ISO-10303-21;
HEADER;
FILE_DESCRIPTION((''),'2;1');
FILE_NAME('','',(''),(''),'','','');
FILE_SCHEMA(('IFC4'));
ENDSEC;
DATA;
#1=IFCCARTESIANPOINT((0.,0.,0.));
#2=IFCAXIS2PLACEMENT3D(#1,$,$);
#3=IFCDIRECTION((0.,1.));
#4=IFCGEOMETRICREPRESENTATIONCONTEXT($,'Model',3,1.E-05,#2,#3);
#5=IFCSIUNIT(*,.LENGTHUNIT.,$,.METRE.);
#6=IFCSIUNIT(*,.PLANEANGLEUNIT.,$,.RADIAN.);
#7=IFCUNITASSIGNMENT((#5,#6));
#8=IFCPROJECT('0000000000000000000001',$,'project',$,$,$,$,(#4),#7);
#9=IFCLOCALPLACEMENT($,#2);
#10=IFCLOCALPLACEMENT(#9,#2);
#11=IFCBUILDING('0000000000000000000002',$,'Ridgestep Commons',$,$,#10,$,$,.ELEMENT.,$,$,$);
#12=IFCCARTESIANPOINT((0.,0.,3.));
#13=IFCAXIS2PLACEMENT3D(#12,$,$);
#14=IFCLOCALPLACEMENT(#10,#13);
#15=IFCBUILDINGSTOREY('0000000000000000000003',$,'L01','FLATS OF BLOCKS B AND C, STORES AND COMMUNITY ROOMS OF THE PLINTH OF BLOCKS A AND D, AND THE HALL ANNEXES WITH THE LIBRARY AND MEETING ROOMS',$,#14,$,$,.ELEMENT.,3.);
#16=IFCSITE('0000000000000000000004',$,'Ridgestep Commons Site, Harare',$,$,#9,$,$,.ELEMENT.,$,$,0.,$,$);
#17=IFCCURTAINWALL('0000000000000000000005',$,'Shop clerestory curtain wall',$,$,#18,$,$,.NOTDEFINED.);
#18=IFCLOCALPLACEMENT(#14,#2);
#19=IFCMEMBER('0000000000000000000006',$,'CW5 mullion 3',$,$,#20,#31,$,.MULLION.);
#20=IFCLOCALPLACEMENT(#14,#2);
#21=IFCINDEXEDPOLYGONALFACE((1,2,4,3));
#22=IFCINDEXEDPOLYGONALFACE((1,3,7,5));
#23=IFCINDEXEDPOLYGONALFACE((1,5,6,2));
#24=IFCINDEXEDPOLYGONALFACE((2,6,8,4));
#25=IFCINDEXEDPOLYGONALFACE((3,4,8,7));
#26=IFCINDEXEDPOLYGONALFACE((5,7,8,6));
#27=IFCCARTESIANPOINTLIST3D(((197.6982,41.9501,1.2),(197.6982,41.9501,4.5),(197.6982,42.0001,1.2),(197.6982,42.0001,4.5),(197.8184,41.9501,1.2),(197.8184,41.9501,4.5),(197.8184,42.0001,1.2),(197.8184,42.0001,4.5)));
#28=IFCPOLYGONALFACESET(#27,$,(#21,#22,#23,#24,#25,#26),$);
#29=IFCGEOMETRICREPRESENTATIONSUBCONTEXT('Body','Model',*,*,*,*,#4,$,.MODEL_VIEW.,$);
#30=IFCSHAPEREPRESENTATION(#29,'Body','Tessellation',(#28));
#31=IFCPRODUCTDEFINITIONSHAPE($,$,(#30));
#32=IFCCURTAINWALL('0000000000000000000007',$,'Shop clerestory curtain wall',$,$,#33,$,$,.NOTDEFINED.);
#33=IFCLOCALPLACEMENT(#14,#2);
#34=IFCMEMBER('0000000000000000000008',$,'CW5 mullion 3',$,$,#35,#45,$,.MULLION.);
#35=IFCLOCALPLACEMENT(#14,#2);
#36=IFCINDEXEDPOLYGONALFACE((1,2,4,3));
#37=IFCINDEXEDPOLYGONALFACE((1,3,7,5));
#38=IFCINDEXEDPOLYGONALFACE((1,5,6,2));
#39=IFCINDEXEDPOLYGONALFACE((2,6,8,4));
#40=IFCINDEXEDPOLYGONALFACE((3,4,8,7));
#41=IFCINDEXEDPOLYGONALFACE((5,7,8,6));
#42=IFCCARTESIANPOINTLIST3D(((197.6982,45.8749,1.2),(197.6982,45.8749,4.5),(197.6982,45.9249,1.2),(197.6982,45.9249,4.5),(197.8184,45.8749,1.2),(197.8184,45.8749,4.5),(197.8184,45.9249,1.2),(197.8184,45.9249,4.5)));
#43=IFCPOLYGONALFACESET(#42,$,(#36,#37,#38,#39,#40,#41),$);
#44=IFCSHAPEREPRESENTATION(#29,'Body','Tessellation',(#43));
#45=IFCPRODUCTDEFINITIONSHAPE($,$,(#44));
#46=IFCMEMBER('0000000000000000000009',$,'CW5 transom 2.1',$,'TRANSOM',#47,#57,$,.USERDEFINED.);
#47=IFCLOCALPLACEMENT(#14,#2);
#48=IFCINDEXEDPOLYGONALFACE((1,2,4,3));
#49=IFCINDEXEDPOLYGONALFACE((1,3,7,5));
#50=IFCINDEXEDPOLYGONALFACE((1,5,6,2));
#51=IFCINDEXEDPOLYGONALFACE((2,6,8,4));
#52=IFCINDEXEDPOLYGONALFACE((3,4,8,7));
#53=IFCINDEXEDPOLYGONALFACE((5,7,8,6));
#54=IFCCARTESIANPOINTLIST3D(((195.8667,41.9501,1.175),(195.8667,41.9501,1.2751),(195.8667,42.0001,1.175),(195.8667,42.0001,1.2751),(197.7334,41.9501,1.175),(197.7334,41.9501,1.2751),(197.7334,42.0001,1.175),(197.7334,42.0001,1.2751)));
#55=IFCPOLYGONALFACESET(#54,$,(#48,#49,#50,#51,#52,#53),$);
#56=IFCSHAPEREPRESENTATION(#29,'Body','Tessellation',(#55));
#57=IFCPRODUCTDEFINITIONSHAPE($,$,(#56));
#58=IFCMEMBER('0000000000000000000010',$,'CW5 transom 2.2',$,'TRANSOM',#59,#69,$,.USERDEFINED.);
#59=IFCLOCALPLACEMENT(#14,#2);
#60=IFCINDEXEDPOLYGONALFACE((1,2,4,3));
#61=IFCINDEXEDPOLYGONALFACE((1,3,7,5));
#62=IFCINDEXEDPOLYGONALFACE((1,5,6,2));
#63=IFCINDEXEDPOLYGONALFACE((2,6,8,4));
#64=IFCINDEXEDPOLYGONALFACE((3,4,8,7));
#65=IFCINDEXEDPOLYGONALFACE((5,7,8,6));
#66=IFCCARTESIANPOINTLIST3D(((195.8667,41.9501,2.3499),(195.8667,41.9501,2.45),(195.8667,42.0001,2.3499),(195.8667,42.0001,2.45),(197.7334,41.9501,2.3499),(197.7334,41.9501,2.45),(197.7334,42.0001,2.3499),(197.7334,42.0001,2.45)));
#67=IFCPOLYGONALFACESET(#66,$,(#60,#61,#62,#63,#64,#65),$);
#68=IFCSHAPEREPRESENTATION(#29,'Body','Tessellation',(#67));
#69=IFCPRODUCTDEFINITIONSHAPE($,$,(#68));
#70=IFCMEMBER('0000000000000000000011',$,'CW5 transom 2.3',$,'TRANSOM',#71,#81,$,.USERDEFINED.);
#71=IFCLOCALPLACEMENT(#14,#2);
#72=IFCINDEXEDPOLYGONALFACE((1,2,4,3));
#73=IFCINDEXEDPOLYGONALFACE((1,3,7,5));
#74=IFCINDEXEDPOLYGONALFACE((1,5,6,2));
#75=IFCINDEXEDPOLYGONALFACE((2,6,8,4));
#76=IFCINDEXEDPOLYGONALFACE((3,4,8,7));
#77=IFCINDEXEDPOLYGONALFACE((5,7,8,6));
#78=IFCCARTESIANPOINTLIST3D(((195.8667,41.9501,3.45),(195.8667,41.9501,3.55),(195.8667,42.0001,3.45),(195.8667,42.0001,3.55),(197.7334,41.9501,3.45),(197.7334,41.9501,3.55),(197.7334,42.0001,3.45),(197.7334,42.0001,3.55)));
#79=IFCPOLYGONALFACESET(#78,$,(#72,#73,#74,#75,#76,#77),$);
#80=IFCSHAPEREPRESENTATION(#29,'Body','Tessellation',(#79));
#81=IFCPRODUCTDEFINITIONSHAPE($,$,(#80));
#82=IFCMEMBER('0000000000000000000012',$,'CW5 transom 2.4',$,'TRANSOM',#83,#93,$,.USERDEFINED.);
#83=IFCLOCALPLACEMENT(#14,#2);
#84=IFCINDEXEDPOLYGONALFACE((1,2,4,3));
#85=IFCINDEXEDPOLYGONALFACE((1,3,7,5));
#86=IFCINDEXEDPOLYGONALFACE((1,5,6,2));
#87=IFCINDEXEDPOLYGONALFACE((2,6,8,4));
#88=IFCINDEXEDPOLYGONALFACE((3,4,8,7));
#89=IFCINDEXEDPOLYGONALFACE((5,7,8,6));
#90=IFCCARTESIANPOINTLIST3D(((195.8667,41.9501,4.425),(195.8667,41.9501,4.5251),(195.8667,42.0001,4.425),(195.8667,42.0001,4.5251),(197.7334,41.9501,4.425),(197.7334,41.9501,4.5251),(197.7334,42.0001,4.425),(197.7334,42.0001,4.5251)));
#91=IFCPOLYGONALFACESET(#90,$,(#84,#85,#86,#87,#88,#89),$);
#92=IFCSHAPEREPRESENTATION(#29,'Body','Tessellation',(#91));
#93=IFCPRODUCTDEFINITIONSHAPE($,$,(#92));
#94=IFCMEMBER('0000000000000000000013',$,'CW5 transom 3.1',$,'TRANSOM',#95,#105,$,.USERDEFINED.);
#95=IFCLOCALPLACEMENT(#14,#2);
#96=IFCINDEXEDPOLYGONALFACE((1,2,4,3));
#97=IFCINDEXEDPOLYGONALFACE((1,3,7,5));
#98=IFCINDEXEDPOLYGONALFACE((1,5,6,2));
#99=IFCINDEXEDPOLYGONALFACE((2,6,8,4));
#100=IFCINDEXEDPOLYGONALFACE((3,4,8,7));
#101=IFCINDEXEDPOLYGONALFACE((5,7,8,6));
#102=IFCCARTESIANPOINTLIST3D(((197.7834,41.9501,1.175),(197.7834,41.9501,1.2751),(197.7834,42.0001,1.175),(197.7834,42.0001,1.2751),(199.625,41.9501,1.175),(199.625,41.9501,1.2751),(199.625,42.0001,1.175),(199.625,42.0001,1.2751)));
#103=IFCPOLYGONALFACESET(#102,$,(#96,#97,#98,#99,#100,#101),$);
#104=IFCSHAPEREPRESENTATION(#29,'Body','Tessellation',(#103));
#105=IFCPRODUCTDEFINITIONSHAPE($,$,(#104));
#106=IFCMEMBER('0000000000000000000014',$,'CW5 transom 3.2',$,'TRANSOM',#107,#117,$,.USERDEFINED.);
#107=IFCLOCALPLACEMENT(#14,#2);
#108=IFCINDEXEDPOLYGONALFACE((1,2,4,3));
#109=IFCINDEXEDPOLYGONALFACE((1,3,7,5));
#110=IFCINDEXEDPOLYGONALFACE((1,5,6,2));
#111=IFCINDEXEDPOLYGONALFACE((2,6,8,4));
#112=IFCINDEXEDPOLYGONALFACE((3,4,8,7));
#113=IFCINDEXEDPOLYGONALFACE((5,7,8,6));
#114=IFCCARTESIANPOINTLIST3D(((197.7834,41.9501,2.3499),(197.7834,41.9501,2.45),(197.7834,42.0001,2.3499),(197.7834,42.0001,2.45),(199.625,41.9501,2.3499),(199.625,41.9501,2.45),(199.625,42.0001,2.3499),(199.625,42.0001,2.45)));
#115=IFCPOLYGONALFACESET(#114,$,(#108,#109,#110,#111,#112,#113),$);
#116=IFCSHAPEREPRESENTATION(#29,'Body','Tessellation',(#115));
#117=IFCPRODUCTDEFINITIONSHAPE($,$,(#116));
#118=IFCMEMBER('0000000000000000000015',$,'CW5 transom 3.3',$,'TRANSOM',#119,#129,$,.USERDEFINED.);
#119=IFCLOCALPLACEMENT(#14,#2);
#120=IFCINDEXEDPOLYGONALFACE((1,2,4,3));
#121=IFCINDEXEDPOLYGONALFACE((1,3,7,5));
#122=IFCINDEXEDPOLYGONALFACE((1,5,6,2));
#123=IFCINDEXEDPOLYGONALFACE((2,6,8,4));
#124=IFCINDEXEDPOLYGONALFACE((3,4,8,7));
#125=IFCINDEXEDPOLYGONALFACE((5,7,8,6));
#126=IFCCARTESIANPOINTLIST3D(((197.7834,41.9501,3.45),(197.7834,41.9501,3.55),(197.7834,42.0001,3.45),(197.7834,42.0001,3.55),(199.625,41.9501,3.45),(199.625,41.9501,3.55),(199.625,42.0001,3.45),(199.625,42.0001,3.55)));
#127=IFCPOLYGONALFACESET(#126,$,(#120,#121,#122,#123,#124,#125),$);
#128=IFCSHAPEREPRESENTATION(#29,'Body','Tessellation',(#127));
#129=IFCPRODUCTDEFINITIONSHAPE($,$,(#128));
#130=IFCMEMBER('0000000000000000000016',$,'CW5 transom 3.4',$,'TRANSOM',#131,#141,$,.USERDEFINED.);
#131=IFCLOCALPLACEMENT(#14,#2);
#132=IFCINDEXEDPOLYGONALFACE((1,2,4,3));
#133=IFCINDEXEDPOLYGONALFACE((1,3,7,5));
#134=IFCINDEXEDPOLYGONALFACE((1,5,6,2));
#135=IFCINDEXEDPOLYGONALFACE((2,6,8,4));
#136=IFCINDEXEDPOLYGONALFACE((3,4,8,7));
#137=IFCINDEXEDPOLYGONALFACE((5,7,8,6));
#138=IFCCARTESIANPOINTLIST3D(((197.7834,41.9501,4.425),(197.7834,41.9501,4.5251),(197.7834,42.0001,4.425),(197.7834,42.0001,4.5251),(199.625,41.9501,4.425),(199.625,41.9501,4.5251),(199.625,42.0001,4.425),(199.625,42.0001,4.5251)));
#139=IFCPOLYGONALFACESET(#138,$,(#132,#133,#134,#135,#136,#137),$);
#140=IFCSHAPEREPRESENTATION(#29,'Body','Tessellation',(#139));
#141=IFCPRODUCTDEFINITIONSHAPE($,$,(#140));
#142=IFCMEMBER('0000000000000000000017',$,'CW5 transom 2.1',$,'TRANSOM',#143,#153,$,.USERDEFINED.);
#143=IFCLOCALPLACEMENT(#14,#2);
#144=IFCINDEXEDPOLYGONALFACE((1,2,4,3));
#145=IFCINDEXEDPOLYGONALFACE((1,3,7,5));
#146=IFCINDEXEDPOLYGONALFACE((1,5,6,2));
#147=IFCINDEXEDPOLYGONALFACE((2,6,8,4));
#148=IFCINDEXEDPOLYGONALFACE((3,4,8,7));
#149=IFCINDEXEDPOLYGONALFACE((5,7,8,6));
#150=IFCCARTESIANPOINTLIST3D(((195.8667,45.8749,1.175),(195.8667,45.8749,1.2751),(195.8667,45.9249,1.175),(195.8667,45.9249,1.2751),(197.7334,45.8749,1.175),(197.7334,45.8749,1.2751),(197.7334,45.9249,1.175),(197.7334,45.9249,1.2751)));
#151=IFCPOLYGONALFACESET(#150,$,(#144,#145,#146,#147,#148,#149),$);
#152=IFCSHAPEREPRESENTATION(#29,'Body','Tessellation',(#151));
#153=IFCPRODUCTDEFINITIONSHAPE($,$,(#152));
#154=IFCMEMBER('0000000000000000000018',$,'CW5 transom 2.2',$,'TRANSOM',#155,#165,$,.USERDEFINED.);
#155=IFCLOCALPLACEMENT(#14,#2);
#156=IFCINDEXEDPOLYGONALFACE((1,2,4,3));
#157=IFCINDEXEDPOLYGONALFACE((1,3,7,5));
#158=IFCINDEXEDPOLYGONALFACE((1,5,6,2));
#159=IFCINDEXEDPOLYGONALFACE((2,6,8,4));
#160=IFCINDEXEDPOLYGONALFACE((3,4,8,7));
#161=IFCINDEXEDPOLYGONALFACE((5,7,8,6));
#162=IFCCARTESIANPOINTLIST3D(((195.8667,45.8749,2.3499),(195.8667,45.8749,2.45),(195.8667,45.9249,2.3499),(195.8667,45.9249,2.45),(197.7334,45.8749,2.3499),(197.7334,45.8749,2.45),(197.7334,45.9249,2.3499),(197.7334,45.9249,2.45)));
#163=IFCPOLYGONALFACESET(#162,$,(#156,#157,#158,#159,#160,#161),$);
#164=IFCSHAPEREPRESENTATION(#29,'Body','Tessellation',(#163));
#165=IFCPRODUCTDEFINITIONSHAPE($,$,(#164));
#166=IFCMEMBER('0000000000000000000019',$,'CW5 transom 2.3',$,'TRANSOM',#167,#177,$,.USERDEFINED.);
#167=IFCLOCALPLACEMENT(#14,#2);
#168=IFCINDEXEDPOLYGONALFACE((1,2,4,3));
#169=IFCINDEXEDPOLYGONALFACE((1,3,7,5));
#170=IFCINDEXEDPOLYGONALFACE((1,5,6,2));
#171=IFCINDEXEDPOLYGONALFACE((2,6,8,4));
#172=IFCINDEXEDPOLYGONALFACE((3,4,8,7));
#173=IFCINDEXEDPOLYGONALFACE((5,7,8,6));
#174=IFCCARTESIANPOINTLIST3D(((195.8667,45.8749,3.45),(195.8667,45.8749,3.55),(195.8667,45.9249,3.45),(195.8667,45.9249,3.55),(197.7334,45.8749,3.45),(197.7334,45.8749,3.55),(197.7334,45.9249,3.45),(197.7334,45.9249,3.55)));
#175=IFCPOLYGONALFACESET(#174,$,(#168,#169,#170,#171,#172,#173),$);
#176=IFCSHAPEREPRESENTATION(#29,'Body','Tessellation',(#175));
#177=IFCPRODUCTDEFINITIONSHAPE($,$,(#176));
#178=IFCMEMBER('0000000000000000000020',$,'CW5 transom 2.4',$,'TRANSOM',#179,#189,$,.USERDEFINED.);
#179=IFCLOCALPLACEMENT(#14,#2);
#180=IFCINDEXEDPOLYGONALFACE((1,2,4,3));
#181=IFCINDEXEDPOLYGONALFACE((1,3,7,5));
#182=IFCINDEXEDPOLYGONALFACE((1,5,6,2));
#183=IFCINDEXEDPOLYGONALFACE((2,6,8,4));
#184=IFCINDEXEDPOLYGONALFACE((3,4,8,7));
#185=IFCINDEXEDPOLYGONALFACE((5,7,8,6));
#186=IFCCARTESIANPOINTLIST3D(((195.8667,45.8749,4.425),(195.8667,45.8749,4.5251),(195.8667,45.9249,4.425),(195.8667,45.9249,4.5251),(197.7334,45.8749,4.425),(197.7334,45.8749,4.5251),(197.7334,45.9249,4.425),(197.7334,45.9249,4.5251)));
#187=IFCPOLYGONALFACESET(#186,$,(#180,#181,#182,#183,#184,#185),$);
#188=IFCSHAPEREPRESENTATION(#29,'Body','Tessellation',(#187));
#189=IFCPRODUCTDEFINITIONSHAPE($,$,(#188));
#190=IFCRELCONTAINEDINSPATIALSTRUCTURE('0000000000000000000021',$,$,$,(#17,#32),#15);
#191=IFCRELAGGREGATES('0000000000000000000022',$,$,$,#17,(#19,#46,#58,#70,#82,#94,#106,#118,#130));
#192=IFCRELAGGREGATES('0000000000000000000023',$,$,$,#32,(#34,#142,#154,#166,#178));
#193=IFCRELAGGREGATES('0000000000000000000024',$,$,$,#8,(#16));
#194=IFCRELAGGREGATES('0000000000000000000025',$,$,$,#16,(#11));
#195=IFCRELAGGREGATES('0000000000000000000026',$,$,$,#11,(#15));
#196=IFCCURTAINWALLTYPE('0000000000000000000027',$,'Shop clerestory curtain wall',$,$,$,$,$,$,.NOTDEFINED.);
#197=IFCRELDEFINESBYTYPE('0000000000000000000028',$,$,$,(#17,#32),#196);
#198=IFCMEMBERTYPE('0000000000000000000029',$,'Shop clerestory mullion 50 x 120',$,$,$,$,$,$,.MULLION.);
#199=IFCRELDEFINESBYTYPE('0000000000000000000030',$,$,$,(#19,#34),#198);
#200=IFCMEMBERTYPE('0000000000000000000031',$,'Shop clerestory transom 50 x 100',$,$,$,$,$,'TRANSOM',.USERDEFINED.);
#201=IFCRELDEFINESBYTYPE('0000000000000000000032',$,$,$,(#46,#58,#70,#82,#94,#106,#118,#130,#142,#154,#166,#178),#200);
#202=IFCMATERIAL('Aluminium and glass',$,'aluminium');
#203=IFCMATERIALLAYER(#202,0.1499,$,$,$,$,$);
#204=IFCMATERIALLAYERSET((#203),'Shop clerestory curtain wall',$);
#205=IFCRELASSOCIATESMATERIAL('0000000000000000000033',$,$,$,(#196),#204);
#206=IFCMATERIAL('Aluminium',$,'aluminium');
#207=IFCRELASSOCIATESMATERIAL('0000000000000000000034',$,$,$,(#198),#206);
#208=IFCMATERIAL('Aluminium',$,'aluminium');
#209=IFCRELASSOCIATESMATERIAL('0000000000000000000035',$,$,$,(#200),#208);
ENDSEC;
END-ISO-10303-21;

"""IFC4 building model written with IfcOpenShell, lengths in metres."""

from ifc_helpers import new_model, si_unit, direction, frame, origin, origin_2d, place, context, subcontext, project, spatial, rectangle, extrude, material, layer, layer_set, material_profile, profile_set, type_object, element, aggregate, save


model = new_model("IFC4")

# Units and contexts
model_context = context("Model", 3, precision=1e-05, world=origin(), true_north=direction((0.0, 1.0)))
body_context = subcontext(model_context, "Body", "Model", "MODEL_VIEW")
ifc_project = project(units=[si_unit("LENGTHUNIT", "METRE"), si_unit("PLANEANGLEUNIT", "RADIAN")], contexts=[model_context])

# Site, building, storey
site_placement = place(None, origin())
site = spatial("IfcSite", under=ifc_project, at=site_placement, Name="Ridgestep Commons Site, Harare", CompositionType="ELEMENT", RefElevation=0.0)
building_placement = place(site_placement, origin())
building = spatial("IfcBuilding", under=site, at=building_placement, Name="Ridgestep Commons", CompositionType="ELEMENT")
storey_placement = place(building_placement, frame((0.0, 0.0, 3.0)))
storey = spatial("IfcBuildingStorey", under=building, at=storey_placement, Name="L01", Description="FLATS OF BLOCKS B AND C, STORES AND COMMUNITY ROOMS OF THE PLINTH OF BLOCKS A AND D, AND THE HALL ANNEXES WITH THE LIBRARY AND MEETING ROOMS", CompositionType="ELEMENT", Elevation=3.0)

# Curtain walls, members
ifc_material_1 = material(Name="Aluminium and glass", Category="aluminium")
ifc_layer_1 = layer(ifc_material_1, 0.1499)
ifc_layer_set_1 = layer_set([ifc_layer_1], Name="Shop clerestory curtain wall")
curtain_wall_type = type_object("IfcCurtainWallType", Name="Shop clerestory curtain wall", PredefinedType="NOTDEFINED", material=ifc_layer_set_1)
curtain_wall_1_placement = place(storey_placement, origin())
curtain_wall_1 = element("IfcCurtainWall", 1, at=curtain_wall_1_placement, inside=storey, type_object=curtain_wall_type, Name="Shop clerestory curtain wall", PredefinedType="NOTDEFINED")
ifc_material_2 = material(Name="Aluminium", Category="aluminium")
ifc_material_profile_1 = material_profile(ifc_material_2, rectangle(XDim=0.05, YDim=0.1201, at=origin_2d()), Name="Shop clerestory mullion 50 x 120")
ifc_profile_set_1 = profile_set([ifc_material_profile_1], Name="Aluminium")
member_type_1 = type_object("IfcMemberType", Name="Shop clerestory mullion 50 x 120", PredefinedType="MULLION", material=ifc_profile_set_1)
member_1_placement = place(storey_placement, frame((197.7583, 41.9751, 1.2), z_axis=(0.0, 0.0, 1.0), x_axis=(0.0, 1.0, 0.0)))
member_1 = element("IfcMember", 2, at=member_1_placement, type_object=member_type_1, Name="CW5 mullion 3", PredefinedType="MULLION", context=body_context, shape_type="SweptSolid", body=[
    extrude(rectangle(XDim=0.05, YDim=0.1201, at=origin_2d()), origin(), (0.0, 0.0, 1.0), 3.3),
])
curtain_wall_2_placement = place(storey_placement, origin())
curtain_wall_2 = element("IfcCurtainWall", 3, at=curtain_wall_2_placement, inside=storey, type_object=curtain_wall_type, Name="Shop clerestory curtain wall", PredefinedType="NOTDEFINED")
member_2_placement = place(storey_placement, frame((197.7583, 45.8999, 1.2), z_axis=(0.0, 0.0, 1.0), x_axis=(0.0, 1.0, 0.0)))
member_2 = element("IfcMember", 4, at=member_2_placement, type_object=member_type_1, Name="CW5 mullion 3", PredefinedType="MULLION", context=body_context, shape_type="SweptSolid", body=[
    extrude(rectangle(XDim=0.05, YDim=0.1201, at=origin_2d()), origin(), (0.0, 0.0, 1.0), 3.3),
])

# Members
ifc_material_3 = material(Name="Aluminium", Category="aluminium")
ifc_material_profile_2 = material_profile(ifc_material_3, rectangle(XDim=0.05, YDim=0.1001, at=origin_2d()), Name="Shop clerestory transom 50 x 100")
ifc_profile_set_2 = profile_set([ifc_material_profile_2], Name="Aluminium")
member_type_2 = type_object("IfcMemberType", Name="Shop clerestory transom 50 x 100", ElementType="TRANSOM", PredefinedType="USERDEFINED", material=ifc_profile_set_2)
member_3_placement = place(storey_placement, frame((195.8667, 41.9751, 1.2251), z_axis=(1.0, 0.0, 0.0), x_axis=(0.0, 1.0, 0.0)))
member_3 = element("IfcMember", 5, at=member_3_placement, type_object=member_type_2, Name="CW5 transom 2.1", ObjectType="TRANSOM", PredefinedType="USERDEFINED", context=body_context, shape_type="SweptSolid", body=[
    extrude(rectangle(XDim=0.05, YDim=0.1001, at=origin_2d()), origin(), (0.0, 0.0, 1.0), 1.8667),
])
member_4_placement = place(storey_placement, frame((195.8667, 41.9751, 2.3999), z_axis=(1.0, 0.0, 0.0), x_axis=(0.0, 1.0, 0.0)))
member_4 = element("IfcMember", 6, at=member_4_placement, type_object=member_type_2, Name="CW5 transom 2.2", ObjectType="TRANSOM", PredefinedType="USERDEFINED", context=body_context, shape_type="SweptSolid", body=[
    extrude(rectangle(XDim=0.05, YDim=0.1001, at=origin_2d()), origin(), (0.0, 0.0, 1.0), 1.8667),
])
member_5_placement = place(storey_placement, frame((195.8667, 41.9751, 3.5), z_axis=(1.0, 0.0, 0.0), x_axis=(0.0, 1.0, 0.0)))
member_5 = element("IfcMember", 7, at=member_5_placement, type_object=member_type_2, Name="CW5 transom 2.3", ObjectType="TRANSOM", PredefinedType="USERDEFINED", context=body_context, shape_type="SweptSolid", body=[
    extrude(rectangle(XDim=0.05, YDim=0.1001, at=origin_2d()), origin(), (0.0, 0.0, 1.0), 1.8667),
])
member_6_placement = place(storey_placement, frame((195.8667, 41.9751, 4.4751), z_axis=(1.0, 0.0, 0.0), x_axis=(0.0, 1.0, 0.0)))
member_6 = element("IfcMember", 8, at=member_6_placement, type_object=member_type_2, Name="CW5 transom 2.4", ObjectType="TRANSOM", PredefinedType="USERDEFINED", context=body_context, shape_type="SweptSolid", body=[
    extrude(rectangle(XDim=0.05, YDim=0.1001, at=origin_2d()), origin(), (0.0, 0.0, 1.0), 1.8667),
])
member_7_placement = place(storey_placement, frame((197.7834, 41.9751, 1.2251), z_axis=(1.0, 0.0, 0.0), x_axis=(0.0, 1.0, 0.0)))
member_7 = element("IfcMember", 9, at=member_7_placement, type_object=member_type_2, Name="CW5 transom 3.1", ObjectType="TRANSOM", PredefinedType="USERDEFINED", context=body_context, shape_type="SweptSolid", body=[
    extrude(rectangle(XDim=0.05, YDim=0.1001, at=origin_2d()), origin(), (0.0, 0.0, 1.0), 1.8416),
])
member_8_placement = place(storey_placement, frame((197.7834, 41.9751, 2.3999), z_axis=(1.0, 0.0, 0.0), x_axis=(0.0, 1.0, 0.0)))
member_8 = element("IfcMember", 10, at=member_8_placement, type_object=member_type_2, Name="CW5 transom 3.2", ObjectType="TRANSOM", PredefinedType="USERDEFINED", context=body_context, shape_type="SweptSolid", body=[
    extrude(rectangle(XDim=0.05, YDim=0.1001, at=origin_2d()), origin(), (0.0, 0.0, 1.0), 1.8416),
])
member_9_placement = place(storey_placement, frame((197.7834, 41.9751, 3.5), z_axis=(1.0, 0.0, 0.0), x_axis=(0.0, 1.0, 0.0)))
member_9 = element("IfcMember", 11, at=member_9_placement, type_object=member_type_2, Name="CW5 transom 3.3", ObjectType="TRANSOM", PredefinedType="USERDEFINED", context=body_context, shape_type="SweptSolid", body=[
    extrude(rectangle(XDim=0.05, YDim=0.1001, at=origin_2d()), origin(), (0.0, 0.0, 1.0), 1.8416),
])
member_10_placement = place(storey_placement, frame((197.7834, 41.9751, 4.4751), z_axis=(1.0, 0.0, 0.0), x_axis=(0.0, 1.0, 0.0)))
member_10 = element("IfcMember", 12, at=member_10_placement, type_object=member_type_2, Name="CW5 transom 3.4", ObjectType="TRANSOM", PredefinedType="USERDEFINED", context=body_context, shape_type="SweptSolid", body=[
    extrude(rectangle(XDim=0.05, YDim=0.1001, at=origin_2d()), origin(), (0.0, 0.0, 1.0), 1.8416),
])
member_11_placement = place(storey_placement, frame((195.8667, 45.8999, 1.2251), z_axis=(1.0, 0.0, 0.0), x_axis=(0.0, 1.0, 0.0)))
member_11 = element("IfcMember", 13, at=member_11_placement, type_object=member_type_2, Name="CW5 transom 2.1", ObjectType="TRANSOM", PredefinedType="USERDEFINED", context=body_context, shape_type="SweptSolid", body=[
    extrude(rectangle(XDim=0.05, YDim=0.1001, at=origin_2d()), origin(), (0.0, 0.0, 1.0), 1.8667),
])
member_12_placement = place(storey_placement, frame((195.8667, 45.8999, 2.3999), z_axis=(1.0, 0.0, 0.0), x_axis=(0.0, 1.0, 0.0)))
member_12 = element("IfcMember", 14, at=member_12_placement, type_object=member_type_2, Name="CW5 transom 2.2", ObjectType="TRANSOM", PredefinedType="USERDEFINED", context=body_context, shape_type="SweptSolid", body=[
    extrude(rectangle(XDim=0.05, YDim=0.1001, at=origin_2d()), origin(), (0.0, 0.0, 1.0), 1.8667),
])
member_13_placement = place(storey_placement, frame((195.8667, 45.8999, 3.5), z_axis=(1.0, 0.0, 0.0), x_axis=(0.0, 1.0, 0.0)))
member_13 = element("IfcMember", 15, at=member_13_placement, type_object=member_type_2, Name="CW5 transom 2.3", ObjectType="TRANSOM", PredefinedType="USERDEFINED", context=body_context, shape_type="SweptSolid", body=[
    extrude(rectangle(XDim=0.05, YDim=0.1001, at=origin_2d()), origin(), (0.0, 0.0, 1.0), 1.8667),
])
member_14_placement = place(storey_placement, frame((195.8667, 45.8999, 4.4751), z_axis=(1.0, 0.0, 0.0), x_axis=(0.0, 1.0, 0.0)))
member_14 = element("IfcMember", 16, at=member_14_placement, type_object=member_type_2, Name="CW5 transom 2.4", ObjectType="TRANSOM", PredefinedType="USERDEFINED", context=body_context, shape_type="SweptSolid", body=[
    extrude(rectangle(XDim=0.05, YDim=0.1001, at=origin_2d()), origin(), (0.0, 0.0, 1.0), 1.8667),
])

aggregate(curtain_wall_1, [member_1, member_3, member_4, member_5, member_6, member_7, member_8, member_9, member_10])
aggregate(curtain_wall_2, [member_2, member_11, member_12, member_13, member_14])

save(model, "model.ifc")
